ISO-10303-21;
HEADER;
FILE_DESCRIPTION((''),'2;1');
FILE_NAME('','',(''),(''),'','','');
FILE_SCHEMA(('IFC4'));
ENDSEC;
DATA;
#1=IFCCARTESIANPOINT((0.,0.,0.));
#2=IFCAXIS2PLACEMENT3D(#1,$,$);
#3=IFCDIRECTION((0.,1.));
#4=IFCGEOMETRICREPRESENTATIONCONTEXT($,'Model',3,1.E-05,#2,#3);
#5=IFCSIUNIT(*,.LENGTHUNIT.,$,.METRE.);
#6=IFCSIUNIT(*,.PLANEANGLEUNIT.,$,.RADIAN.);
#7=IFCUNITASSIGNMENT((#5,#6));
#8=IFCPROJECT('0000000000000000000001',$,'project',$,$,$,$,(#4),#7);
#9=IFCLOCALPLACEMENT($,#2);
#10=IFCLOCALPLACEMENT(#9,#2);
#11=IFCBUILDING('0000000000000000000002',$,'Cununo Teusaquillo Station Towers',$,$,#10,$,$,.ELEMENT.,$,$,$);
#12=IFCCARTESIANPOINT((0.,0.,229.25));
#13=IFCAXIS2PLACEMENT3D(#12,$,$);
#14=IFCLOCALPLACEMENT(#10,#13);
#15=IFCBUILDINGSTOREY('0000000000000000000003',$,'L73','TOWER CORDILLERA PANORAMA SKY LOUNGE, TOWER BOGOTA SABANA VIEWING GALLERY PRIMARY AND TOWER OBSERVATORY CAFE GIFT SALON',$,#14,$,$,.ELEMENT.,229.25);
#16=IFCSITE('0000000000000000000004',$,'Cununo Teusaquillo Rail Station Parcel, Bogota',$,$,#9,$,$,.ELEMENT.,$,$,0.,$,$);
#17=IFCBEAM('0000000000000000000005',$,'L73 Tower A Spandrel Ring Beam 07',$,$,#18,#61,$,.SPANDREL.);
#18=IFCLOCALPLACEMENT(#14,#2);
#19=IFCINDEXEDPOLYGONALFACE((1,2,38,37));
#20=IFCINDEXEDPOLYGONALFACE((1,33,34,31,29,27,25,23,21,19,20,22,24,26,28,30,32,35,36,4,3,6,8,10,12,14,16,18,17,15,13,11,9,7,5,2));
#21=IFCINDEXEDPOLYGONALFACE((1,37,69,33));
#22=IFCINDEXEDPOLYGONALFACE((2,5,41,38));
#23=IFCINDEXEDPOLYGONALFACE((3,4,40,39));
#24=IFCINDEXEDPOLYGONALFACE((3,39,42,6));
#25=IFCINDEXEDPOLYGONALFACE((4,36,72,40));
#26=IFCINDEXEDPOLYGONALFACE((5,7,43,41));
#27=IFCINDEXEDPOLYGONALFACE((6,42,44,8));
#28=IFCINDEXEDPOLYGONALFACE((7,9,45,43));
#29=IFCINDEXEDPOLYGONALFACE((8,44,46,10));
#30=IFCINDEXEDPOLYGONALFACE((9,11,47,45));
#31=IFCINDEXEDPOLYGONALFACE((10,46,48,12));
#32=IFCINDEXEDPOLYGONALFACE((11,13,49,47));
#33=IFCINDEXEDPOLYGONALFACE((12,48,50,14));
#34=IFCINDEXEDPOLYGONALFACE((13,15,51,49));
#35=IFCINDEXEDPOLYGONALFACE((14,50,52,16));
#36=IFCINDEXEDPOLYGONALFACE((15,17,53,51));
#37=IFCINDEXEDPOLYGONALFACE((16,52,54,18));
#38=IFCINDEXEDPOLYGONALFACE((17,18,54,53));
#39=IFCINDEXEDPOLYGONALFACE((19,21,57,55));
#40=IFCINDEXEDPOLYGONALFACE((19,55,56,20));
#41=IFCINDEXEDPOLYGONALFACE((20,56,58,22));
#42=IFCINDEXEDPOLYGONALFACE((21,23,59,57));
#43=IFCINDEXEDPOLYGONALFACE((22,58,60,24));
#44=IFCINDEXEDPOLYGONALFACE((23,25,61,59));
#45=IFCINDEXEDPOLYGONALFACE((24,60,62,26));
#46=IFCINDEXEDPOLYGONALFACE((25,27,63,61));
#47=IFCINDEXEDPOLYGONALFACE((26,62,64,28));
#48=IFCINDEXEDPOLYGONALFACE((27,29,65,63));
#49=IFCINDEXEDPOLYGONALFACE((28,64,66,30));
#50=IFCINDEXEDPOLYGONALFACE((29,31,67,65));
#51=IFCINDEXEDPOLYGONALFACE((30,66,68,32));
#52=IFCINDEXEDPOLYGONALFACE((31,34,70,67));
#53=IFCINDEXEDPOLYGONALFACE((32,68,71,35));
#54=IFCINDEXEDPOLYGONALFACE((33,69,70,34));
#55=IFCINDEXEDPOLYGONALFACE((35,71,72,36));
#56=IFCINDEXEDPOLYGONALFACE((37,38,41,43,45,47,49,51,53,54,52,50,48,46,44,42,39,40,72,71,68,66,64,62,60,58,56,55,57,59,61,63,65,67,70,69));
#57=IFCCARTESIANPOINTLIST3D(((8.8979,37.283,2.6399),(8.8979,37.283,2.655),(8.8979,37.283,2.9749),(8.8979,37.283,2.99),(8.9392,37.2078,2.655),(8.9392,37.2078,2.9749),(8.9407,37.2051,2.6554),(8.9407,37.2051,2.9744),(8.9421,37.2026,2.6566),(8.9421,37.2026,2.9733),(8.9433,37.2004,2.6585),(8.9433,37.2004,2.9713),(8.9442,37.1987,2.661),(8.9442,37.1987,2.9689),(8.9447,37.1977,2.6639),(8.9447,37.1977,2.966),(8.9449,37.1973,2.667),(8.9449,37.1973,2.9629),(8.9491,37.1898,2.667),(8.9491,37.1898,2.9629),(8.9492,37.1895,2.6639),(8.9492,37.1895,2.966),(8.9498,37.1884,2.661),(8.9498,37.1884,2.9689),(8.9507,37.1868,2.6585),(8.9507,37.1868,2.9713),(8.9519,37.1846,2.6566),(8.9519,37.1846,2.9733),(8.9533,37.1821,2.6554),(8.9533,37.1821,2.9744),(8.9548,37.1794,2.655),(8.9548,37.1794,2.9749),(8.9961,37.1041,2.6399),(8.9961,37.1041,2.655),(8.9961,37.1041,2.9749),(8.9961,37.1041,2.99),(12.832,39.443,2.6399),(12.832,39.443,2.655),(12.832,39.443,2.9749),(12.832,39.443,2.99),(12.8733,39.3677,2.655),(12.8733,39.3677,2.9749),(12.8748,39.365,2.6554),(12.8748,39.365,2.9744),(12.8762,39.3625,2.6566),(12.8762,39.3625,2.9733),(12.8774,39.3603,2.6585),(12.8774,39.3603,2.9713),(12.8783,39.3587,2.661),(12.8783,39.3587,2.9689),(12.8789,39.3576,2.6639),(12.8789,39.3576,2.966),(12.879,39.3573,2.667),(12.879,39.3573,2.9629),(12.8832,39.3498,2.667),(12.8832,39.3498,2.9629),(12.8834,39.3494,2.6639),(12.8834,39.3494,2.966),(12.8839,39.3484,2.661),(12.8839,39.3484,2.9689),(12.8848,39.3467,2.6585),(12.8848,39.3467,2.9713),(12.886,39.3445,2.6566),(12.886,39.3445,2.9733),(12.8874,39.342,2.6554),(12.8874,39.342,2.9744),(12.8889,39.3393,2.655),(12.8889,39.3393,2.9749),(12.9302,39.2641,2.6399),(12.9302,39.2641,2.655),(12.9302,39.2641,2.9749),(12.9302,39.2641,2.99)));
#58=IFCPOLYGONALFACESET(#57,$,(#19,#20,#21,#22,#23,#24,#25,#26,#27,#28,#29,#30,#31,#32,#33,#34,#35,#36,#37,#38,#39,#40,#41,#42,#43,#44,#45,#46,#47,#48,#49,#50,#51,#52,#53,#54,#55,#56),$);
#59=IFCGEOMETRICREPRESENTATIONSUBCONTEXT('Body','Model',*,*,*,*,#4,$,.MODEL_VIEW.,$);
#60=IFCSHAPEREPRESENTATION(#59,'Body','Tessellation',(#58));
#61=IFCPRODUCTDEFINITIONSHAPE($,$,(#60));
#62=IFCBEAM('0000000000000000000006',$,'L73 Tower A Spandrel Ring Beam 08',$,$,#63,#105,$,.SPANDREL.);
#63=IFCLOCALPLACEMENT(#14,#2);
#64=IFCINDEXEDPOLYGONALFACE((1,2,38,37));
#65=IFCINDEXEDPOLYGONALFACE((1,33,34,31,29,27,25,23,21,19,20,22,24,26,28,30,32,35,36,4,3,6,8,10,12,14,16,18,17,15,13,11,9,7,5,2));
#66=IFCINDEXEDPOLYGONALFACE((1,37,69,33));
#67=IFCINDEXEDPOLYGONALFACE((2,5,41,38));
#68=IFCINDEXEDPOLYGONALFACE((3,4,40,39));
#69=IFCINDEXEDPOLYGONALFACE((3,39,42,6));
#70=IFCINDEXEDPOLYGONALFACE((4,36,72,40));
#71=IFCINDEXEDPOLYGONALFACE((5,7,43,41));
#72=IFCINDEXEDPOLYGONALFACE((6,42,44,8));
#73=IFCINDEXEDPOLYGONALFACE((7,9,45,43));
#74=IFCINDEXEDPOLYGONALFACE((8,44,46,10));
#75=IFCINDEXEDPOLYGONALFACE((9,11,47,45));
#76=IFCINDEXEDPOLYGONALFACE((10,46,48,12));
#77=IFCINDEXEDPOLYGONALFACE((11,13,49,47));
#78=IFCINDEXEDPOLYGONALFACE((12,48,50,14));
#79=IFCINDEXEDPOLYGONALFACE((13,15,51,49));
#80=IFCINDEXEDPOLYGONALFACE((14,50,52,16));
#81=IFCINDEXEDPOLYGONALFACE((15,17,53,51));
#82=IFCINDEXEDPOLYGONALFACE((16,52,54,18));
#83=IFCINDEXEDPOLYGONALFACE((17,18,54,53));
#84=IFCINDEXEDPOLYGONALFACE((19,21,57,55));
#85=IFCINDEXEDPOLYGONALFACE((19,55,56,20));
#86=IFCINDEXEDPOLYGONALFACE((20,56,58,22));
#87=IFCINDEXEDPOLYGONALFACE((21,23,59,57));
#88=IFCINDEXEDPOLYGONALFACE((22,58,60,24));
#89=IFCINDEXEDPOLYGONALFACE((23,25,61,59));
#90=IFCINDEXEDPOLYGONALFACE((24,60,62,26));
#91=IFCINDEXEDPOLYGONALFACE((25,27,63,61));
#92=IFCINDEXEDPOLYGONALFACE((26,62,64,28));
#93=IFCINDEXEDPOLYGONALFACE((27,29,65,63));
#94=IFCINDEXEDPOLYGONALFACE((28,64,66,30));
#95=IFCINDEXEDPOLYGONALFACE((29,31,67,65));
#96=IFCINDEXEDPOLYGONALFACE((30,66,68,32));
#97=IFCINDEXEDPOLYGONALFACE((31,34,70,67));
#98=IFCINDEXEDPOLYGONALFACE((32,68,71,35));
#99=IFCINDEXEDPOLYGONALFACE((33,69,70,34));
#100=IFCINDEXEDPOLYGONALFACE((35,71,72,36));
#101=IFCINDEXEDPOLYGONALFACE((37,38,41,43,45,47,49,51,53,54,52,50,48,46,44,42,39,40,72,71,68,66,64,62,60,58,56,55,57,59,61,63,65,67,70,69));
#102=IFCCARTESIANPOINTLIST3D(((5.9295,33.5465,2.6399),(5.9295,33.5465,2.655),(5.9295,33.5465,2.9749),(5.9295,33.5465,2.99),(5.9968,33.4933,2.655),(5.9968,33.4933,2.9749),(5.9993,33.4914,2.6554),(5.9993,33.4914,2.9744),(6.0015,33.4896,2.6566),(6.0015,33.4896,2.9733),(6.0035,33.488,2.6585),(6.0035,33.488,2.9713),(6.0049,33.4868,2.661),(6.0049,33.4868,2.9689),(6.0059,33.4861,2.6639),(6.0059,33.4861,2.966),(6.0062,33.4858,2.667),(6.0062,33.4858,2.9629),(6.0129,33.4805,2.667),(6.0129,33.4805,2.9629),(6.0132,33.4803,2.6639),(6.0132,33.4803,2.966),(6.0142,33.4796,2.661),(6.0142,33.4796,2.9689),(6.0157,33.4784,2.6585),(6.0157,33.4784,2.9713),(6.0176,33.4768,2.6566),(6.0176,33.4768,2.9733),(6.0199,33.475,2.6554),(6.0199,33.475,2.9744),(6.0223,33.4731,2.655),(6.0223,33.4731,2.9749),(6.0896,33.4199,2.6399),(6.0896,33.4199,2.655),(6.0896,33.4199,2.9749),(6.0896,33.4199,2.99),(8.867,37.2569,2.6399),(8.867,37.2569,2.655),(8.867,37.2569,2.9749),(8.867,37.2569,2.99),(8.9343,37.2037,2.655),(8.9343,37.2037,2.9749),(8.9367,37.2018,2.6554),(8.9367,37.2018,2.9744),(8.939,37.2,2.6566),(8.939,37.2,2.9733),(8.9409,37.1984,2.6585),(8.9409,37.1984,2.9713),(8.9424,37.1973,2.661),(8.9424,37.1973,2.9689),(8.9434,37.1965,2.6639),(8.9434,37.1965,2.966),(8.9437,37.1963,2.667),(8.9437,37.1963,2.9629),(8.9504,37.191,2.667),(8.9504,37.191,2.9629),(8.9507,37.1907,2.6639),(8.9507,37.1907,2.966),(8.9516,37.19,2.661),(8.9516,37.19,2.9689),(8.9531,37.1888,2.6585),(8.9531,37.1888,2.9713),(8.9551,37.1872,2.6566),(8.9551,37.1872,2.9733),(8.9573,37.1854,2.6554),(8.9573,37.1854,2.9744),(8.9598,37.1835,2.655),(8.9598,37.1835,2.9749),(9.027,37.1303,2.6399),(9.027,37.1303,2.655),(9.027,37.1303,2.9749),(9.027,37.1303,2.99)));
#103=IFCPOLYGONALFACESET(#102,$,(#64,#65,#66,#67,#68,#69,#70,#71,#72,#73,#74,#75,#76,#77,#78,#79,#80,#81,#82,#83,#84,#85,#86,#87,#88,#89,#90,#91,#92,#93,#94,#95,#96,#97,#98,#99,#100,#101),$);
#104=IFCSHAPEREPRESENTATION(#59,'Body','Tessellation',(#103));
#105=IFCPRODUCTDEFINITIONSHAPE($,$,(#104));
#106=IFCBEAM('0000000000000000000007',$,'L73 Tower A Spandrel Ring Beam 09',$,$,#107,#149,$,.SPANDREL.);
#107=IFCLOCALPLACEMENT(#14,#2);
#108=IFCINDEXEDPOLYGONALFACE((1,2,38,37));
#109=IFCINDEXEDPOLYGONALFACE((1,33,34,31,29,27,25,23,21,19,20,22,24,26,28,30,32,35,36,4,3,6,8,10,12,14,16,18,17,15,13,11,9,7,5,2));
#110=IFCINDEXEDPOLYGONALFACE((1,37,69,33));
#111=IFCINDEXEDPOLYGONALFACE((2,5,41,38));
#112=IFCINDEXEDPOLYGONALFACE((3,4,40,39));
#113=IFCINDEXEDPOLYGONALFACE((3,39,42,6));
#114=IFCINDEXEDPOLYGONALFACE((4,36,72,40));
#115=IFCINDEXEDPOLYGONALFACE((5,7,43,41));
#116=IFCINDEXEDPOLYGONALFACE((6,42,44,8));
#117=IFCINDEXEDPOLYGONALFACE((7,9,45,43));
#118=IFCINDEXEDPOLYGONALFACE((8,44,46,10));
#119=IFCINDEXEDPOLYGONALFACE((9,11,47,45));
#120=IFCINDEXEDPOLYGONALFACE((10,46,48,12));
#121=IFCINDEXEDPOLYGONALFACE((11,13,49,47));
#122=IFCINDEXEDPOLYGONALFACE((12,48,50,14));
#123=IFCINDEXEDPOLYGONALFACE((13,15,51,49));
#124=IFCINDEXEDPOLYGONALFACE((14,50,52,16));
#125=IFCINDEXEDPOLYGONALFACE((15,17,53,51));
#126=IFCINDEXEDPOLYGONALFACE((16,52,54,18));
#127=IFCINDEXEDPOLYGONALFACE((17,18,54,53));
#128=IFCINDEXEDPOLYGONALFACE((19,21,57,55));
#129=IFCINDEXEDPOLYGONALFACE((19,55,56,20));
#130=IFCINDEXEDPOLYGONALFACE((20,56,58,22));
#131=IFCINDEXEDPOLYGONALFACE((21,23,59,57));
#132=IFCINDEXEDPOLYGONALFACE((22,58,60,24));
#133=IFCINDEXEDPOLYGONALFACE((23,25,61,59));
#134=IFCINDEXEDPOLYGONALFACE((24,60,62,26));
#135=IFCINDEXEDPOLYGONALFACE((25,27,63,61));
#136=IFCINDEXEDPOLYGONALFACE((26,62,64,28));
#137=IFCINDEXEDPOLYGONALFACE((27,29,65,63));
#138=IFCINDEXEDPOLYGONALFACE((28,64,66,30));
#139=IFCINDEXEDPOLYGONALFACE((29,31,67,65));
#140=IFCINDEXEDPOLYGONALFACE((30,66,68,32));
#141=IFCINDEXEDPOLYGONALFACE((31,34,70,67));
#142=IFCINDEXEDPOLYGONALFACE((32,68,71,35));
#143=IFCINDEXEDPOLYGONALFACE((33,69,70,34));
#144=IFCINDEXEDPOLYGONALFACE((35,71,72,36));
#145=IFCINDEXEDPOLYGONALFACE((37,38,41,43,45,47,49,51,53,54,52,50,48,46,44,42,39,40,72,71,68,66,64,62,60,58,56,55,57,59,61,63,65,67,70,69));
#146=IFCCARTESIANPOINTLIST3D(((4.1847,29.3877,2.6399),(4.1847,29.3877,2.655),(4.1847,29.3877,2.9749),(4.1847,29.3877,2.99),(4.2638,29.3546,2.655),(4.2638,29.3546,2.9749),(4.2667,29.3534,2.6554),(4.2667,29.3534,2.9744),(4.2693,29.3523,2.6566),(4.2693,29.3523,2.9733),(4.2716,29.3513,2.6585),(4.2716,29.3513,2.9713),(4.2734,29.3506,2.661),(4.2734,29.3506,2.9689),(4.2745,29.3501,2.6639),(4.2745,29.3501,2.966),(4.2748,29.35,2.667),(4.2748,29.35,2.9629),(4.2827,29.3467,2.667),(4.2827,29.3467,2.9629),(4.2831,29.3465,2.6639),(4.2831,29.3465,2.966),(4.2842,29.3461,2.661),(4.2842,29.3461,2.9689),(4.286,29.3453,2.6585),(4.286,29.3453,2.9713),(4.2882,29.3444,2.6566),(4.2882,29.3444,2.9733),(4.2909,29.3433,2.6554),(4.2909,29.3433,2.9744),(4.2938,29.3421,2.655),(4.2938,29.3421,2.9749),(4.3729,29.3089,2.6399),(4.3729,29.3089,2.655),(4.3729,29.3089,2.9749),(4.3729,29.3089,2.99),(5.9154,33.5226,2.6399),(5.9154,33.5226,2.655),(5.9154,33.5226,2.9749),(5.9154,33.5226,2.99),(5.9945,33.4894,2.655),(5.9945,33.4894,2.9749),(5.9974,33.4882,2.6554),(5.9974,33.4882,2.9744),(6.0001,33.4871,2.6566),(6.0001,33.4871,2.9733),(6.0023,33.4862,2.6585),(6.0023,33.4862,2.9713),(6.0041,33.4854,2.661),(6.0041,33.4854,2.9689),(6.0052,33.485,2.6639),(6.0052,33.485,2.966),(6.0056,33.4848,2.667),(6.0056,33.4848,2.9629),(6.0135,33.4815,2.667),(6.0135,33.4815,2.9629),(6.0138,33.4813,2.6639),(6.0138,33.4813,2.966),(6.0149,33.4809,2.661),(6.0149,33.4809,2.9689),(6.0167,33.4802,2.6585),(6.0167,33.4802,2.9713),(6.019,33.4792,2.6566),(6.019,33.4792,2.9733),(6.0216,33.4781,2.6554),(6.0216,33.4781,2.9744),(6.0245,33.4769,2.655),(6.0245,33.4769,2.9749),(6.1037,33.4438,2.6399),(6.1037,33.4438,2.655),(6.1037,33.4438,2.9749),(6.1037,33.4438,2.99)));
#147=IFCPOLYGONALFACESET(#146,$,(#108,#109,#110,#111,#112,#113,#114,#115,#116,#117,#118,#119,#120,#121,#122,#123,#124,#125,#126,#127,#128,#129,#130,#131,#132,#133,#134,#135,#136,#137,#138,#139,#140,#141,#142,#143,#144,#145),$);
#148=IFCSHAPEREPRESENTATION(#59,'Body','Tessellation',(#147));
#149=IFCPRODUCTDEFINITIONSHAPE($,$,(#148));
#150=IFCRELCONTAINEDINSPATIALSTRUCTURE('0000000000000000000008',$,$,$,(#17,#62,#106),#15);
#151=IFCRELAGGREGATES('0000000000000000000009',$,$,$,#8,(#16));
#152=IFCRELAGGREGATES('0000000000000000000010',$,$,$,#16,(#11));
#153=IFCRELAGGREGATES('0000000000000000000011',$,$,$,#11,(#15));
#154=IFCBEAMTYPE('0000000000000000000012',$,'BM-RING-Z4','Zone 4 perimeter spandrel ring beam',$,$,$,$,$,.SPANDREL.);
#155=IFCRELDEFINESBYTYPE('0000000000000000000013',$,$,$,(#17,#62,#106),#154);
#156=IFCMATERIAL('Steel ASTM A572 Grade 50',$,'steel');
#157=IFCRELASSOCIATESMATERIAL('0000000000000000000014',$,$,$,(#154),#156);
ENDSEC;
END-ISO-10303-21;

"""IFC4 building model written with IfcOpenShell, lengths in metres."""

from ifc_helpers import new_model, si_unit, direction, frame, origin, origin_2d, place, context, subcontext, project, spatial, i_section, extrude, material, material_profile, profile_set, type_object, element, save


model = new_model("IFC4")

# Units and contexts
model_context = context("Model", 3, precision=1e-05, world=origin(), true_north=direction((0.0, 1.0)))
body_context = subcontext(model_context, "Body", "Model", "MODEL_VIEW")
ifc_project = project(units=[si_unit("LENGTHUNIT", "METRE"), si_unit("PLANEANGLEUNIT", "RADIAN")], contexts=[model_context])

# Site, building, storey
site_placement = place(None, origin())
site = spatial("IfcSite", under=ifc_project, at=site_placement, Name="Cununo Teusaquillo Rail Station Parcel, Bogota", CompositionType="ELEMENT", RefElevation=0.0)
building_placement = place(site_placement, origin())
building = spatial("IfcBuilding", under=site, at=building_placement, Name="Cununo Teusaquillo Station Towers", CompositionType="ELEMENT")
storey_placement = place(building_placement, frame((0.0, 0.0, 229.25)))
storey = spatial("IfcBuildingStorey", under=building, at=storey_placement, Name="L73", Description="TOWER CORDILLERA PANORAMA SKY LOUNGE, TOWER BOGOTA SABANA VIEWING GALLERY PRIMARY AND TOWER OBSERVATORY CAFE GIFT SALON", CompositionType="ELEMENT", Elevation=229.25)

# Beams
ifc_material_1 = material(Name="Steel ASTM A572 Grade 50", Category="steel")
ifc_material_profile_1 = material_profile(ifc_material_1, i_section(OverallWidth=0.2041, OverallDepth=0.3501, WebThickness=0.0085, FlangeThickness=0.0151, FilletRadius=0.012, at=origin_2d()), Name="W14X48")
ifc_profile_set_1 = profile_set([ifc_material_profile_1], Name="Steel ASTM A572 Grade 50")
beam_type_1 = type_object("IfcBeamType", Name="BM-RING-Z4", Description="Zone 4 perimeter spandrel ring beam", PredefinedType="SPANDREL", material=ifc_profile_set_1)
beam_1_placement = place(storey_placement, frame((12.8811, 39.3535, 2.8149), z_axis=(-0.876576, -0.481263, 0.0), x_axis=(0.481263, -0.876576, 0.0)))
element("IfcBeam", 1, at=beam_1_placement, inside=storey, type_object=beam_type_1, Name="L73 Tower A Spandrel Ring Beam 07", PredefinedType="SPANDREL", context=body_context, shape_type="SweptSolid", body=[
    extrude(i_section(OverallWidth=0.2041, OverallDepth=0.3501, WebThickness=0.0085, FlangeThickness=0.0151, FilletRadius=0.012, at=origin_2d()), origin(), (0.0, 0.0, 1.0), 4.488),
])
beam_2_placement = place(storey_placement, frame((8.947, 37.1936, 2.8149), z_axis=(-0.620711, -0.78404, 0.0), x_axis=(0.78404, -0.620711, 0.0)))
element("IfcBeam", 2, at=beam_2_placement, inside=storey, type_object=beam_type_1, Name="L73 Tower A Spandrel Ring Beam 08", PredefinedType="SPANDREL", context=body_context, shape_type="SweptSolid", body=[
    extrude(i_section(OverallWidth=0.2041, OverallDepth=0.3501, WebThickness=0.0085, FlangeThickness=0.0151, FilletRadius=0.012, at=origin_2d()), origin(), (0.0, 0.0, 1.0), 4.7324),
])
beam_3_placement = place(storey_placement, frame((6.0095, 33.4832, 2.8149), z_axis=(-0.386115, -0.92245, 0.0), x_axis=(0.92245, -0.386115, 0.0)))
element("IfcBeam", 3, at=beam_3_placement, inside=storey, type_object=beam_type_1, Name="L73 Tower A Spandrel Ring Beam 09", PredefinedType="SPANDREL", context=body_context, shape_type="SweptSolid", body=[
    extrude(i_section(OverallWidth=0.2041, OverallDepth=0.3501, WebThickness=0.0085, FlangeThickness=0.0151, FilletRadius=0.012, at=origin_2d()), origin(), (0.0, 0.0, 1.0), 4.4824),
])

save(model, "model.ifc")
